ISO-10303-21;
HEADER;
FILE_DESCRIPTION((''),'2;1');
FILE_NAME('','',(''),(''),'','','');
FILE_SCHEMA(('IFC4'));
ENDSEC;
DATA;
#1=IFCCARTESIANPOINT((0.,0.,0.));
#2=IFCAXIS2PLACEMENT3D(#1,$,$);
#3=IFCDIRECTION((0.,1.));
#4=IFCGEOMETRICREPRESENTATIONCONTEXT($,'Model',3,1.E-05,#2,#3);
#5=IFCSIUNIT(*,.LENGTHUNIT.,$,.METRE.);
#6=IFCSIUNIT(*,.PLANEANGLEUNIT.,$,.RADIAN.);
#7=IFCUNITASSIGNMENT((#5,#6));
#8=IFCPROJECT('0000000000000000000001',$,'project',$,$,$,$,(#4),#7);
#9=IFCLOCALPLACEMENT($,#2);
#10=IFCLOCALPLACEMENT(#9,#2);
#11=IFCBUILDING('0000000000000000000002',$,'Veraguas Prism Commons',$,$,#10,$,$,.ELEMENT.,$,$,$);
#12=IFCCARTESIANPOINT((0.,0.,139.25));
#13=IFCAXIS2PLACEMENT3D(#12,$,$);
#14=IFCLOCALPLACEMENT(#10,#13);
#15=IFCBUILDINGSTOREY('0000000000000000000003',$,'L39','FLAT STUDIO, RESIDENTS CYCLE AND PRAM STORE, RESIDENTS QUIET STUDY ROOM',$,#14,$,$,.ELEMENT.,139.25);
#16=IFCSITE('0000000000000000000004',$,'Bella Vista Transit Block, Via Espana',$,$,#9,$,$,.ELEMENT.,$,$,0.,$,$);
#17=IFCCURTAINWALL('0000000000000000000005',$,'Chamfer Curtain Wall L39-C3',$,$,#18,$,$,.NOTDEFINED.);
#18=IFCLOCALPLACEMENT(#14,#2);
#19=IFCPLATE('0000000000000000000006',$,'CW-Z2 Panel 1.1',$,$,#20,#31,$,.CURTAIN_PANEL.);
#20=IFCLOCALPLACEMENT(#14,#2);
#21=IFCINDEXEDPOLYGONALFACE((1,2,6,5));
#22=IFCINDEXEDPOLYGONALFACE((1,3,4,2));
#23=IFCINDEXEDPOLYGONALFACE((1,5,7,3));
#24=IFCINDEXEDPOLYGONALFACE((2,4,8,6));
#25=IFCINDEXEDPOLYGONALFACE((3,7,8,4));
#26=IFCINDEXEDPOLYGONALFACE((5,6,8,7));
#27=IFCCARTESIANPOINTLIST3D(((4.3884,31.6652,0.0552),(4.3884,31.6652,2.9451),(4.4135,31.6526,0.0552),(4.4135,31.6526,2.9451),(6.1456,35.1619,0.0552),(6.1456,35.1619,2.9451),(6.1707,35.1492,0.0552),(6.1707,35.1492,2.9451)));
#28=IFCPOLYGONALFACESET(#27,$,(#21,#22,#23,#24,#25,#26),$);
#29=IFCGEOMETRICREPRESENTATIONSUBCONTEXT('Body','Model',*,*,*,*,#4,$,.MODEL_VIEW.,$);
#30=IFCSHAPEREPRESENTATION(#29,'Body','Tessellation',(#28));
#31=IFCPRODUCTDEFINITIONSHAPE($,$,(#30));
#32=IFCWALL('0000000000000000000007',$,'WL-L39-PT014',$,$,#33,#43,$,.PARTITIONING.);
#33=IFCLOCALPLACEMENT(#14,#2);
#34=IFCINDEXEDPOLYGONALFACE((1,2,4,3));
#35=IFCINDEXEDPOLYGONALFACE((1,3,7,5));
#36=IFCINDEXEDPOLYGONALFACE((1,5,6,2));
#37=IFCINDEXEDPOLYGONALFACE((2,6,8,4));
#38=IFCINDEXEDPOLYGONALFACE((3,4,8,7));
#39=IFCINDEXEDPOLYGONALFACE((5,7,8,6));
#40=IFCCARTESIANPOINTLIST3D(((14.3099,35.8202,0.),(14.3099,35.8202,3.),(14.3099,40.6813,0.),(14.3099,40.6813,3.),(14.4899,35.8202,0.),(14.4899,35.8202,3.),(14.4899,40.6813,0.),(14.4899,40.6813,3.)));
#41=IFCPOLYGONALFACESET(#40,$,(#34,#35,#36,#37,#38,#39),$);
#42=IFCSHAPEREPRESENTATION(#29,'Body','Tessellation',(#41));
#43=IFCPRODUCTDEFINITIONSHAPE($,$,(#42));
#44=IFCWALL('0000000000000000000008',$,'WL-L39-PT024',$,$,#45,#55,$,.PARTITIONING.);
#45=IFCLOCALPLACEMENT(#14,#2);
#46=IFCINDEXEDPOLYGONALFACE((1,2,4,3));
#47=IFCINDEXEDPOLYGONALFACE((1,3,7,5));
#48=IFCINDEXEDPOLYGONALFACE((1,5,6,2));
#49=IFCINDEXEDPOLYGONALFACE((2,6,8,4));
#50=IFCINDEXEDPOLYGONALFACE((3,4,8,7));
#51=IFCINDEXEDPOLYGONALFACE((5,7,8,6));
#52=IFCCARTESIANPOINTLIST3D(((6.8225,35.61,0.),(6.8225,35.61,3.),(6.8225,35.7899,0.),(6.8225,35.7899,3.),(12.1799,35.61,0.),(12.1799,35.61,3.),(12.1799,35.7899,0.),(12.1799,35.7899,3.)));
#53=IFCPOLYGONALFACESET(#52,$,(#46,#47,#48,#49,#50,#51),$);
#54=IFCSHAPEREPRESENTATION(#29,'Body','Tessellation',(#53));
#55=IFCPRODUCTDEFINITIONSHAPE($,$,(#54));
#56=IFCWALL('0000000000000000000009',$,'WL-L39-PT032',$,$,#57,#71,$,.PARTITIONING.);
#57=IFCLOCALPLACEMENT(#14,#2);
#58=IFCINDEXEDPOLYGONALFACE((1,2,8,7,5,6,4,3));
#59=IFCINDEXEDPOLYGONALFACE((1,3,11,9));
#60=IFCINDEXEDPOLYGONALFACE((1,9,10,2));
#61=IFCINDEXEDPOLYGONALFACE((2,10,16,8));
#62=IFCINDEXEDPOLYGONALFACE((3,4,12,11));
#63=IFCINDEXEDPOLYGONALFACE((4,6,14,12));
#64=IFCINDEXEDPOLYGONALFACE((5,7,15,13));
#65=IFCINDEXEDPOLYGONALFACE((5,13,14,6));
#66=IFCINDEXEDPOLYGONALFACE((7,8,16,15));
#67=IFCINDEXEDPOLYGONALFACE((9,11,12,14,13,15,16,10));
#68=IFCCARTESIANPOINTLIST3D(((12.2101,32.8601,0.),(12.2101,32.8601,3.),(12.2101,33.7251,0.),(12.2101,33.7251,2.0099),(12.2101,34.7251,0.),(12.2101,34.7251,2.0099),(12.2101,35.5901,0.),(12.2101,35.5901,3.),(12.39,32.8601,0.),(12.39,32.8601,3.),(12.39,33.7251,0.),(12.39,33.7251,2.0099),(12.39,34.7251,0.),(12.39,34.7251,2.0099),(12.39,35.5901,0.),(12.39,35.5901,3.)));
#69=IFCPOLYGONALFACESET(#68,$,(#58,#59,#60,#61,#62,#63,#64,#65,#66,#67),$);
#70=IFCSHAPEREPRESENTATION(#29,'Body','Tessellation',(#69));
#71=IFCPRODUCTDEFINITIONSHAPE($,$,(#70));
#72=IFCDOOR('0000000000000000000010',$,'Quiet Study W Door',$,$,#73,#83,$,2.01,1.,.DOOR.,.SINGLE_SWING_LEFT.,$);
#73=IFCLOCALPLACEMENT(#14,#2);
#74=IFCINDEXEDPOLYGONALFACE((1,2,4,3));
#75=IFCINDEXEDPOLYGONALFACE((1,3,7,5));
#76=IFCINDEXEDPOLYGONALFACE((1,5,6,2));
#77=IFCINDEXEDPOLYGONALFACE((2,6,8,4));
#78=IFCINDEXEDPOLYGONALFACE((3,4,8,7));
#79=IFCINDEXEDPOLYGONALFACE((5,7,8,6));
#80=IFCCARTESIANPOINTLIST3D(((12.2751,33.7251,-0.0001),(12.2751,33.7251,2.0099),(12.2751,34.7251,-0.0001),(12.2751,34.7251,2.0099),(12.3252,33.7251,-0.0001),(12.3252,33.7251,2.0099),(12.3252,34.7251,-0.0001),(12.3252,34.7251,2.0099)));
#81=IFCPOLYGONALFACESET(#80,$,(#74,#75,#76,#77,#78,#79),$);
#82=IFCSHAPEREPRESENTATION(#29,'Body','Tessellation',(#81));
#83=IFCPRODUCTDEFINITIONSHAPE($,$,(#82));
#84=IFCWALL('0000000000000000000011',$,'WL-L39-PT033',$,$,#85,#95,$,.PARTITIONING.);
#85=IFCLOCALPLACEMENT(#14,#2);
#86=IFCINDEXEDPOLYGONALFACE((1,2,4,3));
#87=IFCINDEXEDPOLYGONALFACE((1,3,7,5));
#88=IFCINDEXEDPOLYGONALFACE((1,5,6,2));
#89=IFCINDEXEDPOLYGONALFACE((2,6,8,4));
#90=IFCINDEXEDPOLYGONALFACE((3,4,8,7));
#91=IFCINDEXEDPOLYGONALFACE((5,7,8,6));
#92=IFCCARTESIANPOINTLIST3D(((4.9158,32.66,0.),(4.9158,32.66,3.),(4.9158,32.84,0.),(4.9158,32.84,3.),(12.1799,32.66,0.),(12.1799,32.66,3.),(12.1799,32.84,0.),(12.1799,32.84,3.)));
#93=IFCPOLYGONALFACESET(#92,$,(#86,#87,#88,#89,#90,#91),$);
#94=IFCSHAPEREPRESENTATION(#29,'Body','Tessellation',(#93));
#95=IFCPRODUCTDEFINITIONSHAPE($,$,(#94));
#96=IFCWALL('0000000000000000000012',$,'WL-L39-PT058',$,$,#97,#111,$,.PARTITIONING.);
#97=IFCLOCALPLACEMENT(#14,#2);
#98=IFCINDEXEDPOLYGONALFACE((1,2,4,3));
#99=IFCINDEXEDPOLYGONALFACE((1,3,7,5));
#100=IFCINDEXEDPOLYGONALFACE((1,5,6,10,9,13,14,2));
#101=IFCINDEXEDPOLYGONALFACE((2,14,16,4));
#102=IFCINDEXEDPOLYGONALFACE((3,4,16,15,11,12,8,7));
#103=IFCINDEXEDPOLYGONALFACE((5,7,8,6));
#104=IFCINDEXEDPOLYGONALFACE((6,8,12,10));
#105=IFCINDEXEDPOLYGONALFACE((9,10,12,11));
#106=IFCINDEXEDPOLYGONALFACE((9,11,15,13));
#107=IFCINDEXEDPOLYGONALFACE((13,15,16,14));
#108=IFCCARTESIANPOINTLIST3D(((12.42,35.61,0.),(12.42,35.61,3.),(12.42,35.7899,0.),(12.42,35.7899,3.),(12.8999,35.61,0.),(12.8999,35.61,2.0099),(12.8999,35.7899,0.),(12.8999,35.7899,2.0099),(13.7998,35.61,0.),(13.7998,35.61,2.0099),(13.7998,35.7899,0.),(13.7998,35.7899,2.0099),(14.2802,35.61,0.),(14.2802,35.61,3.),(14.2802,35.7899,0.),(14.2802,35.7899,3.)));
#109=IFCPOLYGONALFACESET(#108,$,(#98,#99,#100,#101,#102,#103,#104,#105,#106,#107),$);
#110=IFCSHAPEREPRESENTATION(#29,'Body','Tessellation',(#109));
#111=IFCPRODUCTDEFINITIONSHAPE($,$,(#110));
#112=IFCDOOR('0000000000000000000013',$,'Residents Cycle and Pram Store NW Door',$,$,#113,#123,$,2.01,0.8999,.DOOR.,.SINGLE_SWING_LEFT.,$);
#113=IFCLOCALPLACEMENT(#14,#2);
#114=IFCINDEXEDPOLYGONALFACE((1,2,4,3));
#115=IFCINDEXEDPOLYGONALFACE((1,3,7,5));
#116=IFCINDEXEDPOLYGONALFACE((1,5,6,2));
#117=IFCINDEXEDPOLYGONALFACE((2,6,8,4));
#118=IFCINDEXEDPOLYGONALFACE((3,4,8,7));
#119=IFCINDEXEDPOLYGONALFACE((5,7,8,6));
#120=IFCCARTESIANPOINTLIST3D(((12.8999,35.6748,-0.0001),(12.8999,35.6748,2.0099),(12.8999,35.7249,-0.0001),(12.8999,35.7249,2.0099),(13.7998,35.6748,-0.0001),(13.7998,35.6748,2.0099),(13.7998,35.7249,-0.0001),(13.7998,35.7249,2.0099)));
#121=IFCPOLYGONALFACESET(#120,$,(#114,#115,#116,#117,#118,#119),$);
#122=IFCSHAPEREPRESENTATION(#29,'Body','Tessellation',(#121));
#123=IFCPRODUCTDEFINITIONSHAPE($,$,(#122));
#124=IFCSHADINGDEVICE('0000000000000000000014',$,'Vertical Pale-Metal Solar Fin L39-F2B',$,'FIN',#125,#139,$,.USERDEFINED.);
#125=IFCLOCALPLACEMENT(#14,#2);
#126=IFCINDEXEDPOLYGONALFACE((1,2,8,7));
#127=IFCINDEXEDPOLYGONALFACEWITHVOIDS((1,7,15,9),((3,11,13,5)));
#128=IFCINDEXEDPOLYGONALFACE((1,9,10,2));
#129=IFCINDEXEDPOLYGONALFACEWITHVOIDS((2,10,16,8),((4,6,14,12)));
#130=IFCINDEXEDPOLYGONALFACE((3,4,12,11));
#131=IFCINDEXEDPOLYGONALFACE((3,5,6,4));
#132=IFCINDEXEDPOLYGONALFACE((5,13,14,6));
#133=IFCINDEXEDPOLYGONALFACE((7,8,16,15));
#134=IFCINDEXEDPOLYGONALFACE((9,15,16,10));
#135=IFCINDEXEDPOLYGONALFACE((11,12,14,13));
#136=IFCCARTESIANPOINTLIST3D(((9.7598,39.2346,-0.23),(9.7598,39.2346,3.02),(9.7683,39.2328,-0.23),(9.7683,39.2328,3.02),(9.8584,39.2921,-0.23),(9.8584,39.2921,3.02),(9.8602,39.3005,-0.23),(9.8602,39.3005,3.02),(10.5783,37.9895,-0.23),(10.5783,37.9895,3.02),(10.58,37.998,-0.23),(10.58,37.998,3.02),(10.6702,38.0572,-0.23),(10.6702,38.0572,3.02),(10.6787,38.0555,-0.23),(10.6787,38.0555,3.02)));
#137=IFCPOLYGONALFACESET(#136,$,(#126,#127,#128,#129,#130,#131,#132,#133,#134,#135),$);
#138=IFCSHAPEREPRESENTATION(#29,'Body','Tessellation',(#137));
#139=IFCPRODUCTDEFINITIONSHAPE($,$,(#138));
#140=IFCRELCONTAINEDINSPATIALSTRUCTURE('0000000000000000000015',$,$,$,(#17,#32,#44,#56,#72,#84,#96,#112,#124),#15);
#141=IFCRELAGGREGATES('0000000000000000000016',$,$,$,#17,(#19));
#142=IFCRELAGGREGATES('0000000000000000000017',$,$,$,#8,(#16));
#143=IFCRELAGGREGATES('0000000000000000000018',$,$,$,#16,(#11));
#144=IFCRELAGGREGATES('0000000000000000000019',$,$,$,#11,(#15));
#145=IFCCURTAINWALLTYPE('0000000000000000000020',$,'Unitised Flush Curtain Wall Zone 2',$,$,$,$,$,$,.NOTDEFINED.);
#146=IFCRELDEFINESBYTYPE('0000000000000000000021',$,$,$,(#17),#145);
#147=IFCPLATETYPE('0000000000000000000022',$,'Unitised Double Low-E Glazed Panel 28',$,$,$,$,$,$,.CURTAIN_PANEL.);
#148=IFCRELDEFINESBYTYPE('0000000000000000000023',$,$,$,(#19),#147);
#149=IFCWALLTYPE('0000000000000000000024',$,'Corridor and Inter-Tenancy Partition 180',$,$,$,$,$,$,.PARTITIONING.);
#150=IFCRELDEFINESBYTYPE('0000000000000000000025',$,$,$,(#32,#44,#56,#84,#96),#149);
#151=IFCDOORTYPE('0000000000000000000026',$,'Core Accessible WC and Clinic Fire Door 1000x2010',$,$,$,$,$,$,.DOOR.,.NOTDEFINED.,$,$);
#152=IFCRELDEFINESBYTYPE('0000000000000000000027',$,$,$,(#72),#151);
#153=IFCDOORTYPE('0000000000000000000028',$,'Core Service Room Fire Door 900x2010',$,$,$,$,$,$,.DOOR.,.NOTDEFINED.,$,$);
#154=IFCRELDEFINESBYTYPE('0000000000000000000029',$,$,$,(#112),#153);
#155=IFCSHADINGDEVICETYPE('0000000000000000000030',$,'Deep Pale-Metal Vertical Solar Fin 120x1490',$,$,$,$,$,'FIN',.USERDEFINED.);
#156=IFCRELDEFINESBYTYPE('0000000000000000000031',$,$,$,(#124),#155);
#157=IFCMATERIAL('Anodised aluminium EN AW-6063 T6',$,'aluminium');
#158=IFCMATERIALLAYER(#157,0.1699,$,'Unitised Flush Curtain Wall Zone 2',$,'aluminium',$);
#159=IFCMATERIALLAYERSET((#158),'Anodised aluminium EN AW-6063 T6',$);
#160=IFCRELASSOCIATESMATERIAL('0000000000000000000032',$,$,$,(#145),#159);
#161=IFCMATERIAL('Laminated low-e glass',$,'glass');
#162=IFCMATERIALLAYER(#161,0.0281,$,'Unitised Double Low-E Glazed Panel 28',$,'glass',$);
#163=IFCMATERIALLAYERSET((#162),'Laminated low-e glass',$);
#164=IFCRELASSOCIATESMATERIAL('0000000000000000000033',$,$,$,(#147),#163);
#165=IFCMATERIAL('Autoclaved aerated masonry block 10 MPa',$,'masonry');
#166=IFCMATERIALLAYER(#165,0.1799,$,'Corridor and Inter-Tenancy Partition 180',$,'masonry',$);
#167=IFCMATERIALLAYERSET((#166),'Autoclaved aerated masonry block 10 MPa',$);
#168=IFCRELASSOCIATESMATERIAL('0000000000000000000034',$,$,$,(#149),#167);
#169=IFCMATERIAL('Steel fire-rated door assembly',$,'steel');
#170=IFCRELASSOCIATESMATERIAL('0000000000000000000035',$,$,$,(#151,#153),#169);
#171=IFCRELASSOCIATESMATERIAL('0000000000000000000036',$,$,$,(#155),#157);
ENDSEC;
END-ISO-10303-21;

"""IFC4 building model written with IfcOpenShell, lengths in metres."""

from ifc_helpers import new_model, si_unit, direction, frame, frame_2d, origin, origin_2d, place, context, subcontext, project, spatial, rectangle, hollow_rectangle, extrude, source, transform, mapped, material, layer, layer_set, material_profile, profile_set, type_object, element, fill, aggregate, save


model = new_model("IFC4")

# Units and contexts
model_context = context("Model", 3, precision=1e-05, world=origin(), true_north=direction((0.0, 1.0)))
body_context = subcontext(model_context, "Body", "Model", "MODEL_VIEW")
ifc_project = project(units=[si_unit("LENGTHUNIT", "METRE"), si_unit("PLANEANGLEUNIT", "RADIAN")], contexts=[model_context])

# Site, building, storey
site_placement = place(None, origin())
site = spatial("IfcSite", under=ifc_project, at=site_placement, Name="Bella Vista Transit Block, Via Espana", CompositionType="ELEMENT", RefElevation=0.0)
building_placement = place(site_placement, origin())
building = spatial("IfcBuilding", under=site, at=building_placement, Name="Veraguas Prism Commons", CompositionType="ELEMENT")
storey_placement = place(building_placement, frame((0.0, 0.0, 139.25)))
storey = spatial("IfcBuildingStorey", under=building, at=storey_placement, Name="L39", Description="FLAT STUDIO, RESIDENTS CYCLE AND PRAM STORE, RESIDENTS QUIET STUDY ROOM", CompositionType="ELEMENT", Elevation=139.25)

# Curtain wall
ifc_material_1 = material(Name="Anodised aluminium EN AW-6063 T6", Category="aluminium")
ifc_layer_1 = layer(ifc_material_1, 0.1699, Name="Unitised Flush Curtain Wall Zone 2", Category="aluminium")
ifc_layer_set_1 = layer_set([ifc_layer_1], Name="Anodised aluminium EN AW-6063 T6")
curtain_wall_type = type_object("IfcCurtainWallType", Name="Unitised Flush Curtain Wall Zone 2", PredefinedType="NOTDEFINED", material=ifc_layer_set_1)
curtain_wall_1_placement = place(storey_placement, origin())
curtain_wall_1 = element("IfcCurtainWall", 1, at=curtain_wall_1_placement, inside=storey, type_object=curtain_wall_type, Name="Chamfer Curtain Wall L39-C3", PredefinedType="NOTDEFINED")

# Plate
ifc_material_2 = material(Name="Laminated low-e glass", Category="glass")
ifc_layer_2 = layer(ifc_material_2, 0.0281, Name="Unitised Double Low-E Glazed Panel 28", Category="glass")
ifc_layer_set_2 = layer_set([ifc_layer_2], Name="Laminated low-e glass")
plate_type = type_object("IfcPlateType", Name="Unitised Double Low-E Glazed Panel 28", PredefinedType="CURTAIN_PANEL", material=ifc_layer_set_2)
shared_shape_1 = source(origin(), body_context, "Body", "SweptSolid", [
    extrude(rectangle(XDim=3.9133, YDim=0.0281, at=origin_2d()), origin(), (0.0, 0.0, 1.0), 2.8899),
])
plate_1_placement = place(storey_placement, frame((5.2795, 33.4072, 0.0552), z_axis=(0.0, 0.0, 1.0), x_axis=(-0.449018, -0.893523, 0.0)))
plate_1 = element("IfcPlate", 2, at=plate_1_placement, type_object=plate_type, Name="CW-Z2 Panel 1.1", PredefinedType="CURTAIN_PANEL", context=body_context, shape_type="MappedRepresentation", body=[
    mapped(shared_shape_1, transform((0.0, 0.0, 0.0), scale=1.0)),
])
aggregate(curtain_wall_1, [plate_1])

# Walls
ifc_material_3 = material(Name="Autoclaved aerated masonry block 10 MPa", Category="masonry")
ifc_layer_3 = layer(ifc_material_3, 0.1799, Name="Corridor and Inter-Tenancy Partition 180", Category="masonry")
ifc_layer_set_3 = layer_set([ifc_layer_3], Name="Autoclaved aerated masonry block 10 MPa")
wall_type = type_object("IfcWallType", Name="Corridor and Inter-Tenancy Partition 180", PredefinedType="PARTITIONING", material=ifc_layer_set_3)
wall_1_placement = place(storey_placement, frame((14.3999, 35.8201, 0.0), z_axis=(0.0, 0.0, 1.0), x_axis=(0.0, 1.0, 0.0)))
element("IfcWall", 3, at=wall_1_placement, inside=storey, type_object=wall_type, Name="WL-L39-PT014", PredefinedType="PARTITIONING", context=body_context, shape_type="SweptSolid", body=[
    extrude(rectangle(XDim=4.8611, YDim=0.1799, at=frame_2d((2.4307, 0.0))), origin(), (0.0, 0.0, 1.0), 3.0),
])
wall_2_placement = place(storey_placement, frame((12.1799, 35.7, 0.0), z_axis=(0.0, 0.0, 1.0), x_axis=(-1.0, 0.0, 0.0)))
element("IfcWall", 4, at=wall_2_placement, inside=storey, type_object=wall_type, Name="WL-L39-PT024", PredefinedType="PARTITIONING", context=body_context, shape_type="SweptSolid", body=[
    extrude(rectangle(XDim=5.3574, YDim=0.1799, at=frame_2d((2.6787, 0.0))), origin(), (0.0, 0.0, 1.0), 3.0),
])

# Wall, opening, door
wall_3_placement = place(storey_placement, frame((12.3, 32.8601, 0.0), z_axis=(0.0, 0.0, 1.0), x_axis=(0.0, 1.0, 0.0)))
wall_3 = element("IfcWall", 5, at=wall_3_placement, inside=storey, type_object=wall_type, Name="WL-L39-PT032", PredefinedType="PARTITIONING", context=body_context, shape_type="SweptSolid", body=[
    extrude(rectangle(XDim=2.73, YDim=0.1799, at=frame_2d((1.365, 0.0))), origin(), (0.0, 0.0, 1.0), 3.0),
])
opening_1_placement = place(wall_3_placement, frame((0.865, 0.0, 0.0)))
opening_1 = element("IfcOpeningElement", 6, at=opening_1_placement, cuts=wall_3, PredefinedType="OPENING", context=body_context, shape_type="SweptSolid", body=[
    extrude(rectangle(XDim=1.0, YDim=2.01, at=frame_2d((0.5, 1.0049))), frame((0.0, 0.0999, 0.0), z_axis=(0.0, -1.0, 0.0), x_axis=(1.0, 0.0, 0.0)), (0.0, 0.0, 1.0), 0.2),
])
ifc_material_4 = material(Name="Steel fire-rated door assembly", Category="steel")
door_type_1 = type_object("IfcDoorType", Name="Core Accessible WC and Clinic Fire Door 1000x2010", OperationType="NOTDEFINED", PredefinedType="DOOR", material=ifc_material_4)
shared_shape_2 = source(origin(), body_context, "Body", "SweptSolid", [
    extrude(rectangle(XDim=1.0, YDim=2.01, at=frame_2d((0.5, 1.0049))), frame((0.0, 0.0249, 0.0), z_axis=(0.0, -1.0, 0.0), x_axis=(1.0, 0.0, 0.0)), (0.0, 0.0, 1.0), 0.05),
])
door_1_placement = place(opening_1_placement, origin())
door_1 = element("IfcDoor", 7, at=door_1_placement, inside=storey, type_object=door_type_1, Name="Quiet Study W Door", OperationType="SINGLE_SWING_LEFT", OverallHeight=2.01, OverallWidth=1.0, PredefinedType="DOOR", context=body_context, shape_type="MappedRepresentation", body=[
    mapped(shared_shape_2, transform((0.0, 0.0, 0.0), scale=1.0)),
])
fill(opening_1, door_1)

# Wall
wall_4_placement = place(storey_placement, frame((12.1799, 32.75, 0.0), z_axis=(0.0, 0.0, 1.0), x_axis=(-1.0, 0.0, 0.0)))
element("IfcWall", 8, at=wall_4_placement, inside=storey, type_object=wall_type, Name="WL-L39-PT033", PredefinedType="PARTITIONING", context=body_context, shape_type="SweptSolid", body=[
    extrude(rectangle(XDim=7.2642, YDim=0.1799, at=frame_2d((3.6321, 0.0))), origin(), (0.0, 0.0, 1.0), 3.0),
])

# Wall, opening, door
wall_5_placement = place(storey_placement, frame((12.4199, 35.7, 0.0), z_axis=(0.0, 0.0, 1.0), x_axis=(1.0, 0.0, 0.0)))
wall_5 = element("IfcWall", 9, at=wall_5_placement, inside=storey, type_object=wall_type, Name="WL-L39-PT058", PredefinedType="PARTITIONING", context=body_context, shape_type="SweptSolid", body=[
    extrude(rectangle(XDim=1.8601, YDim=0.1799, at=frame_2d((0.9302, 0.0))), origin(), (0.0, 0.0, 1.0), 3.0),
])
opening_2_placement = place(wall_5_placement, frame((0.48, 0.0, 0.0)))
opening_2 = element("IfcOpeningElement", 10, at=opening_2_placement, cuts=wall_5, PredefinedType="OPENING", context=body_context, shape_type="SweptSolid", body=[
    extrude(rectangle(XDim=0.8999, YDim=2.01, at=frame_2d((0.45, 1.0049))), frame((0.0, 0.0999, 0.0), z_axis=(0.0, -1.0, 0.0), x_axis=(1.0, 0.0, 0.0)), (0.0, 0.0, 1.0), 0.2),
])
door_type_2 = type_object("IfcDoorType", Name="Core Service Room Fire Door 900x2010", OperationType="NOTDEFINED", PredefinedType="DOOR", material=ifc_material_4)
shared_shape_3 = source(origin(), body_context, "Body", "SweptSolid", [
    extrude(rectangle(XDim=0.8999, YDim=2.01, at=frame_2d((0.45, 1.0049))), frame((0.0, 0.0249, 0.0), z_axis=(0.0, -1.0, 0.0), x_axis=(1.0, 0.0, 0.0)), (0.0, 0.0, 1.0), 0.05),
])
door_2_placement = place(opening_2_placement, origin())
door_2 = element("IfcDoor", 11, at=door_2_placement, inside=storey, type_object=door_type_2, Name="Residents Cycle and Pram Store NW Door", OperationType="SINGLE_SWING_LEFT", OverallHeight=2.01, OverallWidth=0.8999, PredefinedType="DOOR", context=body_context, shape_type="MappedRepresentation", body=[
    mapped(shared_shape_3, transform((0.0, 0.0, 0.0), scale=1.0)),
])
fill(opening_2, door_2)

# Shading device
ifc_material_profile_1 = material_profile(ifc_material_1, hollow_rectangle(XDim=0.1201, YDim=1.49, WallThickness=0.0061, at=origin_2d()), Name="FIN120X1490X6")
ifc_profile_set_1 = profile_set([ifc_material_profile_1], Name="Anodised aluminium EN AW-6063 T6")
shading_device_type = type_object("IfcShadingDeviceType", Name="Deep Pale-Metal Vertical Solar Fin 120x1490", ElementType="FIN", PredefinedType="USERDEFINED", material=ifc_profile_set_1)
shading_device_placement = place(storey_placement, frame((10.2192, 38.645, -0.23), z_axis=(0.0, 0.0, 1.0), x_axis=(-0.835617, -0.549313, 0.0)))
element("IfcShadingDevice", 12, at=shading_device_placement, inside=storey, type_object=shading_device_type, Name="Vertical Pale-Metal Solar Fin L39-F2B", ObjectType="FIN", PredefinedType="USERDEFINED", context=body_context, shape_type="SweptSolid", body=[
    extrude(hollow_rectangle(XDim=0.1201, YDim=1.49, WallThickness=0.0061, at=origin_2d()), origin(), (0.0, 0.0, 1.0), 3.25),
])

save(model, "model.ifc")
